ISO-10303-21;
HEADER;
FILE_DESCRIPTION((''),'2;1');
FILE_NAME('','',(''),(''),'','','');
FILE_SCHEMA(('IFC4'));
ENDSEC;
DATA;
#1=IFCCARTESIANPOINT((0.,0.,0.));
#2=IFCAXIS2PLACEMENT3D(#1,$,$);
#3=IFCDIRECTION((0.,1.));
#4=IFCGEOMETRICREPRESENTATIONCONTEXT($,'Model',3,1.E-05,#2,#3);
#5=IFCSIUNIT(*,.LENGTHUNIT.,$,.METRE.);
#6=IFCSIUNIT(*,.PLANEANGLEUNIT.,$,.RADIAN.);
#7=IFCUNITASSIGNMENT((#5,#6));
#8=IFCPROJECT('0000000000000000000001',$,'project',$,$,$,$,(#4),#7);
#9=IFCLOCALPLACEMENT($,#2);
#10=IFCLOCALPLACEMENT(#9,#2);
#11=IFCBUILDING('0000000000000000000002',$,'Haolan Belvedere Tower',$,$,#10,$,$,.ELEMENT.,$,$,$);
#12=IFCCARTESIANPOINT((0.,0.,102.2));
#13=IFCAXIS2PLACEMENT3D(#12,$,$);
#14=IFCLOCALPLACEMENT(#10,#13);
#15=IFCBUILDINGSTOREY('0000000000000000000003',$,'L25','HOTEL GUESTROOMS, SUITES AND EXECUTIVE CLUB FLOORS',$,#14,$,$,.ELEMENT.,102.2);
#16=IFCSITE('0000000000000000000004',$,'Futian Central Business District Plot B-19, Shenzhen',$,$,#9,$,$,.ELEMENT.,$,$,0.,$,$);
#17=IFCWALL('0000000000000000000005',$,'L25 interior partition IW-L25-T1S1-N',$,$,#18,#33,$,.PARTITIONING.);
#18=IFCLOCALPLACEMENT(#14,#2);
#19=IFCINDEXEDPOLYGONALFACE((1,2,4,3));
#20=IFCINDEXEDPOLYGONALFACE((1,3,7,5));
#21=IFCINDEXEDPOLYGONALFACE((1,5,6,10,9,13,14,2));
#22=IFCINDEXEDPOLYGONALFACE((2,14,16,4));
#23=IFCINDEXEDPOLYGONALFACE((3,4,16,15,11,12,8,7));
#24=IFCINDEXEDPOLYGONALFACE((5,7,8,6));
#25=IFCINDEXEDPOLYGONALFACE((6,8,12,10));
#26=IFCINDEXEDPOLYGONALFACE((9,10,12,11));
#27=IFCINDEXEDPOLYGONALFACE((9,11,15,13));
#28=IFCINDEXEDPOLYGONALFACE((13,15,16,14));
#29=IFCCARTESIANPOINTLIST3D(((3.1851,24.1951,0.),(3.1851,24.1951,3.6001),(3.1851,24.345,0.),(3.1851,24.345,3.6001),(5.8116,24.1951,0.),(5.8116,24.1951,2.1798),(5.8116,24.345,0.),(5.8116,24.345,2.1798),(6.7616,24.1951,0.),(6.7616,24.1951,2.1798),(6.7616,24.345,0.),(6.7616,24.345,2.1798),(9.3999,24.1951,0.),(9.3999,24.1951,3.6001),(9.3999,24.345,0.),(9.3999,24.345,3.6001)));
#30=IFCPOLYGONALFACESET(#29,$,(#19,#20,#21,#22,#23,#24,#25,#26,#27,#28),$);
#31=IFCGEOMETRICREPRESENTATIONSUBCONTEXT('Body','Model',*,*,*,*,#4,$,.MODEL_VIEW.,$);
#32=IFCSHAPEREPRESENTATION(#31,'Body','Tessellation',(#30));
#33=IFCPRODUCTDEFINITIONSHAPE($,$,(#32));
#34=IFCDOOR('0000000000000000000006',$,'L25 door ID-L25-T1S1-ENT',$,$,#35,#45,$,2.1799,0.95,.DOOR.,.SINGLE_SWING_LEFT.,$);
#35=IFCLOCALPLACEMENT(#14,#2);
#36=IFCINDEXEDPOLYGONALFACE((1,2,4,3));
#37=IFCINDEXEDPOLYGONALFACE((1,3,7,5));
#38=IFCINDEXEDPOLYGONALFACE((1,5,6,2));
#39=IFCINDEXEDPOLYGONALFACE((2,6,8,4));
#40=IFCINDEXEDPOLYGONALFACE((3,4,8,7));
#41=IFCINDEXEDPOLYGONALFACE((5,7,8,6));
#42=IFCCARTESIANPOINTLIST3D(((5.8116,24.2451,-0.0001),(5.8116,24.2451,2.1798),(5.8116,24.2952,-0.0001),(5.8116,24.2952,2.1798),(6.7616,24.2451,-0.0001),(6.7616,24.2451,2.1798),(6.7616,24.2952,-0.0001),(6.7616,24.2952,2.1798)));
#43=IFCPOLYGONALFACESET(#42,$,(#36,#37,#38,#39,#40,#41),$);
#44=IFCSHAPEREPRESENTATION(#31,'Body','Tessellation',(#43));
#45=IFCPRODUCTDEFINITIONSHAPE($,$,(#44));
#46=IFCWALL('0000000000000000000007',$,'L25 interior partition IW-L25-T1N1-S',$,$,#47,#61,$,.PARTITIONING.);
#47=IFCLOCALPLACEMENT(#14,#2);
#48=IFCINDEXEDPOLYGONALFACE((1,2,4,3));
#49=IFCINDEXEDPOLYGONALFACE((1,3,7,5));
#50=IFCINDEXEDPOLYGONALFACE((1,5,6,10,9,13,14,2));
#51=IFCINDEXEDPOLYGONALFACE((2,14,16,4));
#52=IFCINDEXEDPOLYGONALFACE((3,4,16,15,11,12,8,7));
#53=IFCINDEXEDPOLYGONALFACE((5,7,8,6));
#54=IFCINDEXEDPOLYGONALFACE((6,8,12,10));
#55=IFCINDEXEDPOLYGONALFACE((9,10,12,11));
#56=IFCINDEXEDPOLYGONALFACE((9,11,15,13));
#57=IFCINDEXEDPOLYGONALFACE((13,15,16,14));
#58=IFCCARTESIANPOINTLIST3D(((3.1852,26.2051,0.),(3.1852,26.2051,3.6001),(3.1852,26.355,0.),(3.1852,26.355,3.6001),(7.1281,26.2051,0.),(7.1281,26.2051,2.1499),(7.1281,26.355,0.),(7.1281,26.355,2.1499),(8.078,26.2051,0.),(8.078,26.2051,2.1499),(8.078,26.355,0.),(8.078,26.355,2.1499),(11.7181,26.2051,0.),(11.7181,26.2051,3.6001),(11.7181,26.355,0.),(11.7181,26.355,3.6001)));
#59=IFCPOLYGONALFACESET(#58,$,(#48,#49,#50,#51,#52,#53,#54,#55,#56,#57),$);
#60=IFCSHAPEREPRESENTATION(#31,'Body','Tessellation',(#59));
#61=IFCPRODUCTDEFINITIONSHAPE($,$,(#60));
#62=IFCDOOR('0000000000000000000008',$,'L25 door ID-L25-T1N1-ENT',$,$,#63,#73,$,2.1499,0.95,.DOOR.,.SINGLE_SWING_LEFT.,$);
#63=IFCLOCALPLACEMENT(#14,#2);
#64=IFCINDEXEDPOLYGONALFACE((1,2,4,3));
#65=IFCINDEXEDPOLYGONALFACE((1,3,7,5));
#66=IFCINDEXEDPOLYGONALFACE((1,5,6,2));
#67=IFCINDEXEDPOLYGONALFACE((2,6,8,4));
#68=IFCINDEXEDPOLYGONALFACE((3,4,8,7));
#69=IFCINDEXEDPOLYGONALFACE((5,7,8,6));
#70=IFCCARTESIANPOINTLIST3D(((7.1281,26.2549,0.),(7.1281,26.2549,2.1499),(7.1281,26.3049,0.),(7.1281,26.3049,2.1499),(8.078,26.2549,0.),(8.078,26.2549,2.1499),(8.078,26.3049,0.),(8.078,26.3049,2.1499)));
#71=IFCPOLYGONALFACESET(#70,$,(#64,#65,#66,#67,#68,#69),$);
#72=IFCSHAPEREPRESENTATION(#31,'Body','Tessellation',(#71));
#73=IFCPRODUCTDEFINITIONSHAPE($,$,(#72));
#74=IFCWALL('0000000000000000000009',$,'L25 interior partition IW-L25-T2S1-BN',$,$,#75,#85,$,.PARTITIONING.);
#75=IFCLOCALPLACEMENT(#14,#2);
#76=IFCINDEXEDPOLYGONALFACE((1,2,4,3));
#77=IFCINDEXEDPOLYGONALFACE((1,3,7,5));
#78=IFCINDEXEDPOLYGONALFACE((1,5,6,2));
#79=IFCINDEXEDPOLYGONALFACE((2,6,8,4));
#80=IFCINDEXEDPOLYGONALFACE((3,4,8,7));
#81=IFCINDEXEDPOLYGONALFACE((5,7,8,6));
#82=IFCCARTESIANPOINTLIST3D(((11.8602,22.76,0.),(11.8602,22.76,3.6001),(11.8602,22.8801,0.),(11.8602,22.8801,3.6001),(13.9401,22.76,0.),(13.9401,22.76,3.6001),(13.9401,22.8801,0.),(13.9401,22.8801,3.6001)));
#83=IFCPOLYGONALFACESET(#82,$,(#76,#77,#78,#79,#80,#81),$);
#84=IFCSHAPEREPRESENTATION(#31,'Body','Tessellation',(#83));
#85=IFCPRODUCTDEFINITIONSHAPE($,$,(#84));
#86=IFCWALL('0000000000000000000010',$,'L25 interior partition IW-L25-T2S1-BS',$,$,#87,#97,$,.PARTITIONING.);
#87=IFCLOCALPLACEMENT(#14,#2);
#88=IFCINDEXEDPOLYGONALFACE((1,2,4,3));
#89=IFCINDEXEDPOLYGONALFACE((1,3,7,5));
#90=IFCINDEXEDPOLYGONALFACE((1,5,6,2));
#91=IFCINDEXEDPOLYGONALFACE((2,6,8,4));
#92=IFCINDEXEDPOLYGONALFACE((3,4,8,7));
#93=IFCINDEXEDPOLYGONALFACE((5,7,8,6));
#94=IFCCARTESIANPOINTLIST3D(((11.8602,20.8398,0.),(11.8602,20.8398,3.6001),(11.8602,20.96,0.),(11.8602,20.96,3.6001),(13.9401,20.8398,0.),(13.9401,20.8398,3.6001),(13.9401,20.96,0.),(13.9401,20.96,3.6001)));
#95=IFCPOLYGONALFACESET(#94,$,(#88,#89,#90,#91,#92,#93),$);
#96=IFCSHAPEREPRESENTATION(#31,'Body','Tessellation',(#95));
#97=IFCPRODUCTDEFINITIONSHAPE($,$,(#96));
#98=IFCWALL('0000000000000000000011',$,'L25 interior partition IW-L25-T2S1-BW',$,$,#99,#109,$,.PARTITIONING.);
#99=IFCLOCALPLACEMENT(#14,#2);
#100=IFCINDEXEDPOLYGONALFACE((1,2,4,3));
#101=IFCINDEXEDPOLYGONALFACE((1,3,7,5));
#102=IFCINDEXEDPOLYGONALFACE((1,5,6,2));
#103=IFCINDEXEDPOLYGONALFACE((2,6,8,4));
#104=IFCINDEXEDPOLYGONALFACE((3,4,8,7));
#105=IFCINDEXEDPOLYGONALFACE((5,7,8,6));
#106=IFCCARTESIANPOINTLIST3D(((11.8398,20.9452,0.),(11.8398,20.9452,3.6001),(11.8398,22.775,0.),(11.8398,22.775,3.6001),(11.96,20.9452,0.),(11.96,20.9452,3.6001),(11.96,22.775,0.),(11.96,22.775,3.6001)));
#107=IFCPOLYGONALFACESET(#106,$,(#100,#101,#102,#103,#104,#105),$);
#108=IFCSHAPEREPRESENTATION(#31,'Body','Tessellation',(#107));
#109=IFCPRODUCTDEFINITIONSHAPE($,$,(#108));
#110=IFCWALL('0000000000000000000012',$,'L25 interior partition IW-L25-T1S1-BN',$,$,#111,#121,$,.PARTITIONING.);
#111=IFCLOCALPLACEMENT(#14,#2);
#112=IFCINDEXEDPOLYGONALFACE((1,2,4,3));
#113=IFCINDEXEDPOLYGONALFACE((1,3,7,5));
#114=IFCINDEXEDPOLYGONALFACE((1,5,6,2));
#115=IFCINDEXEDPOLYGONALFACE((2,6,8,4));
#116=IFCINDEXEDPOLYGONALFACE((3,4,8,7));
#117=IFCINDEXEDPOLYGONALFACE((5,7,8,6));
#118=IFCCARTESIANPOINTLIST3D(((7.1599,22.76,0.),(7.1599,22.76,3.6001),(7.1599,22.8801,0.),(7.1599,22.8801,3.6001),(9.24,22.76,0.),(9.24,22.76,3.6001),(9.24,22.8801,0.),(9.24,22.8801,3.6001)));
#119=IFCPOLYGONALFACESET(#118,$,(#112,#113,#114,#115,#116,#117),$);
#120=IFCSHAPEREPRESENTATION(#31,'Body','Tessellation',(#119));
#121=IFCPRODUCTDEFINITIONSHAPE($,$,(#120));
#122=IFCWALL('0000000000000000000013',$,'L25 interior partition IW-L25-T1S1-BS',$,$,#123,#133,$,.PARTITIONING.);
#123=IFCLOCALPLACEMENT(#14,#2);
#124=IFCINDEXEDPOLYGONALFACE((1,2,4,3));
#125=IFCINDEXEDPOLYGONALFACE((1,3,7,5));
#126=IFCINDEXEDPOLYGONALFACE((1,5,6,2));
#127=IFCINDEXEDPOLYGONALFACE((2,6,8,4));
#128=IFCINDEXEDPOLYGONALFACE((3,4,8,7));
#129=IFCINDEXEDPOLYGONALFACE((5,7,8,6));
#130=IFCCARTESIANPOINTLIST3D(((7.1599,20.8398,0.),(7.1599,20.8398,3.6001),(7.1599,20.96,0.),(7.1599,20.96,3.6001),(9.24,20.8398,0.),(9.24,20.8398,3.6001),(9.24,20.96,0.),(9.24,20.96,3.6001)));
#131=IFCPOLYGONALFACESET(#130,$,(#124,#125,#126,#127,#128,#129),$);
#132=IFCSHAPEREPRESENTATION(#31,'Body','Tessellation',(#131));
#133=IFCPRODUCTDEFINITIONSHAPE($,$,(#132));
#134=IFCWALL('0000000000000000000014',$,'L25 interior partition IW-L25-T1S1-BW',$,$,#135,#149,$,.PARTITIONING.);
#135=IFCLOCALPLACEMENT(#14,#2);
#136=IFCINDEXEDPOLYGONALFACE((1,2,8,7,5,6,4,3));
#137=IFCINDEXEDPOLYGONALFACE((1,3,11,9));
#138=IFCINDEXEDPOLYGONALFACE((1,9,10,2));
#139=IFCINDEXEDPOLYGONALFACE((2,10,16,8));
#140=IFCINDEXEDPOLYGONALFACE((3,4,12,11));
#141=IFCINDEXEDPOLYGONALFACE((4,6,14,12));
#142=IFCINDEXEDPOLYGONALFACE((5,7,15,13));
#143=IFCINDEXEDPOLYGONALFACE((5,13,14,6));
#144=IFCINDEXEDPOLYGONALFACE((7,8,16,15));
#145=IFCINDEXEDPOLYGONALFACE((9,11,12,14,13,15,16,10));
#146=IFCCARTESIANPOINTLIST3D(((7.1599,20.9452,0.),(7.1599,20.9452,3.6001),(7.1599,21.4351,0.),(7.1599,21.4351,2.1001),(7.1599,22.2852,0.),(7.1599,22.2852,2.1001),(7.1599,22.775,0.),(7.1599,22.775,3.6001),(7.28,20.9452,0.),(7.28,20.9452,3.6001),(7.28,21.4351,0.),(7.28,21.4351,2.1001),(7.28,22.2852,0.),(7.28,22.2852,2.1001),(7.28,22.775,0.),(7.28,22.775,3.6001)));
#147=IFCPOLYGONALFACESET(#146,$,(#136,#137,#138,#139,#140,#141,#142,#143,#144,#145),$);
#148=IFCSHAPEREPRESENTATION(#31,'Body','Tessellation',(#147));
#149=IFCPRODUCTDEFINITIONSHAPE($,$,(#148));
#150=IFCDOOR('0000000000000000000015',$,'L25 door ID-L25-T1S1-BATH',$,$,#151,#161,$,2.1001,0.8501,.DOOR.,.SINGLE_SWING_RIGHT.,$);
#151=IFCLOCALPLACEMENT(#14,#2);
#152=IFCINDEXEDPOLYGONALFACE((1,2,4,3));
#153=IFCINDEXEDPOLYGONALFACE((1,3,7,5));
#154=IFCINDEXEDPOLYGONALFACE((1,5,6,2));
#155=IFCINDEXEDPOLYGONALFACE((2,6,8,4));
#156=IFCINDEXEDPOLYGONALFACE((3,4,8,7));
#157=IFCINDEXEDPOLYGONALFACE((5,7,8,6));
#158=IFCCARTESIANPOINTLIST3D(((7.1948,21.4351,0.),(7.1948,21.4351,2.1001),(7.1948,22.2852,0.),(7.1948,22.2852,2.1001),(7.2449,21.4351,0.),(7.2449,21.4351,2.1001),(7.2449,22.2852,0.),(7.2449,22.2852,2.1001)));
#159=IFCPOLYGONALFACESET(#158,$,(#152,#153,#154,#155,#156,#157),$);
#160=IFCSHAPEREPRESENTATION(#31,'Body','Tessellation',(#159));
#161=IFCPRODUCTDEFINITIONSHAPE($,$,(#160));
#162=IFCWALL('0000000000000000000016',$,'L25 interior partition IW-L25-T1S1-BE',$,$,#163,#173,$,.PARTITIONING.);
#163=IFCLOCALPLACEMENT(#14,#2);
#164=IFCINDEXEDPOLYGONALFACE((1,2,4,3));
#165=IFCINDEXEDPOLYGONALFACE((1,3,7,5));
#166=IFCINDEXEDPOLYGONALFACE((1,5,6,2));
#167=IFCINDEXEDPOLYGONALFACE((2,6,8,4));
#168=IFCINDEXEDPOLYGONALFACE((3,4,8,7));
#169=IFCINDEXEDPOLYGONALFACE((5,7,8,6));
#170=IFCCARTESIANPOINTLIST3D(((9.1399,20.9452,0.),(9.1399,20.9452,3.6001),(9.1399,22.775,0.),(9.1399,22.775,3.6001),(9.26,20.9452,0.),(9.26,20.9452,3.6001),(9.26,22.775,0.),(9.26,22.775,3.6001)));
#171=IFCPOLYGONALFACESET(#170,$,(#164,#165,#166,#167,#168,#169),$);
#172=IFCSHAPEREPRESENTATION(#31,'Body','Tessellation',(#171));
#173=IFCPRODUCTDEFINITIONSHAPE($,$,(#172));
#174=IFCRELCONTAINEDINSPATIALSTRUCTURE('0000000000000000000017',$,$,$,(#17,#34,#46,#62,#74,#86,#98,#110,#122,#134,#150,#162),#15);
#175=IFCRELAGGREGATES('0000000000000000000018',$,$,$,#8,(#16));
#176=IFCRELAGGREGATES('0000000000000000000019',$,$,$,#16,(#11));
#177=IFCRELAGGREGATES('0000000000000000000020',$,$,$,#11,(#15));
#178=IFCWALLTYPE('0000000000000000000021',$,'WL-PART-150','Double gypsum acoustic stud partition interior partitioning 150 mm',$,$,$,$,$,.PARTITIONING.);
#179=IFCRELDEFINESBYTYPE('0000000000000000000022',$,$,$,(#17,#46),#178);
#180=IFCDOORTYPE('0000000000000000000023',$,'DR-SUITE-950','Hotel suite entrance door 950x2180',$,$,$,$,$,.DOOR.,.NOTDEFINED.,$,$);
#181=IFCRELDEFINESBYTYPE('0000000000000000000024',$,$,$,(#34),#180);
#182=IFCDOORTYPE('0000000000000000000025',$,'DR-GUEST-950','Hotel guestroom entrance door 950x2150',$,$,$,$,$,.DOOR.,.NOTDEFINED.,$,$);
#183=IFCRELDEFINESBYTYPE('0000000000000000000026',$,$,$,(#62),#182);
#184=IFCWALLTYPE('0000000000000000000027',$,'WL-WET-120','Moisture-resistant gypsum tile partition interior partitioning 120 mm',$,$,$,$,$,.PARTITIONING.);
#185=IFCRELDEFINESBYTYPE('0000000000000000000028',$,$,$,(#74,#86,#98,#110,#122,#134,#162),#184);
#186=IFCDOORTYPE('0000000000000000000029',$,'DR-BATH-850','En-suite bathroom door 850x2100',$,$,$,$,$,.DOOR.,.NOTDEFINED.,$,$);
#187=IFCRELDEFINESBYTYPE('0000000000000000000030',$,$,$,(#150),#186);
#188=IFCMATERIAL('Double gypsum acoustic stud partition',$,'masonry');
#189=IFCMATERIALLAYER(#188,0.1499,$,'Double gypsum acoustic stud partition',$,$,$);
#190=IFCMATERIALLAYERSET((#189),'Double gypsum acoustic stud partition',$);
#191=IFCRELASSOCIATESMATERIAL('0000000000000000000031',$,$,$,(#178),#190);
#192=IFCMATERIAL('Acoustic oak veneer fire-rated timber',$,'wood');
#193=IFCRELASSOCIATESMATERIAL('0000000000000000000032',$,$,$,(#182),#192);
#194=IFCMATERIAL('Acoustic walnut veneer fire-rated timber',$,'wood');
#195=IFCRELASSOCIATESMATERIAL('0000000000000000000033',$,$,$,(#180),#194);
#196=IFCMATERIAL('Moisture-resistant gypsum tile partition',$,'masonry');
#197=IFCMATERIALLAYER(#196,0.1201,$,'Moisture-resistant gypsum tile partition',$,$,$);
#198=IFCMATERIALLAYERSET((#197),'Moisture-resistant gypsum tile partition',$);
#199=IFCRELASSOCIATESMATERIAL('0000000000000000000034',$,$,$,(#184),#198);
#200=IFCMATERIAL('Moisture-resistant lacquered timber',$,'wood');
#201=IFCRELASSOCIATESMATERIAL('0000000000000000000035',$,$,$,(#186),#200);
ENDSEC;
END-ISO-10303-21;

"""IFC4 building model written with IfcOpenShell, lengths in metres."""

from ifc_helpers import new_model, si_unit, direction, frame, frame_2d, origin, place, context, subcontext, project, spatial, rectangle, extrude, material, layer, layer_set, type_object, element, fill, save


model = new_model("IFC4")

# Units and contexts
model_context = context("Model", 3, precision=1e-05, world=origin(), true_north=direction((0.0, 1.0)))
body_context = subcontext(model_context, "Body", "Model", "MODEL_VIEW")
ifc_project = project(units=[si_unit("LENGTHUNIT", "METRE"), si_unit("PLANEANGLEUNIT", "RADIAN")], contexts=[model_context])

# Site, building, storey
site_placement = place(None, origin())
site = spatial("IfcSite", under=ifc_project, at=site_placement, Name="Futian Central Business District Plot B-19, Shenzhen", CompositionType="ELEMENT", RefElevation=0.0)
building_placement = place(site_placement, origin())
building = spatial("IfcBuilding", under=site, at=building_placement, Name="Haolan Belvedere Tower", CompositionType="ELEMENT")
storey_placement = place(building_placement, frame((0.0, 0.0, 102.2)))
storey = spatial("IfcBuildingStorey", under=building, at=storey_placement, Name="L25", Description="HOTEL GUESTROOMS, SUITES AND EXECUTIVE CLUB FLOORS", CompositionType="ELEMENT", Elevation=102.2)

# Shared definitions
ifc_material_1 = material(Name="Double gypsum acoustic stud partition", Category="masonry")
ifc_layer_1 = layer(ifc_material_1, 0.1499, Name="Double gypsum acoustic stud partition")
ifc_layer_set_1 = layer_set([ifc_layer_1], Name="Double gypsum acoustic stud partition")
wall_type_1 = type_object("IfcWallType", Name="WL-PART-150", Description="Double gypsum acoustic stud partition interior partitioning 150 mm", PredefinedType="PARTITIONING", material=ifc_layer_set_1)

# Walls, openings, doors
ifc_material_2 = material(Name="Acoustic oak veneer fire-rated timber", Category="wood")
door_type_1 = type_object("IfcDoorType", Name="DR-GUEST-950", Description="Hotel guestroom entrance door 950x2150", OperationType="NOTDEFINED", PredefinedType="DOOR", material=ifc_material_2)
wall_1_placement = place(storey_placement, frame((3.1851, 24.27, 0.0), z_axis=(0.0, 0.0, 1.0), x_axis=(1.0, 0.0, 0.0)))
wall_1 = element("IfcWall", 1, at=wall_1_placement, inside=storey, type_object=wall_type_1, Name="L25 interior partition IW-L25-T1S1-N", PredefinedType="PARTITIONING", context=body_context, shape_type="SweptSolid", body=[
    extrude(rectangle(XDim=6.2148, YDim=0.1499, at=frame_2d((3.1074, 0.0))), origin(), (0.0, 0.0, 1.0), 3.6001),
])
opening_1_placement = place(wall_1_placement, frame((3.5767, 0.0, 0.0), z_axis=(0.0, 0.0, 1.0), x_axis=(-1.0, 0.0, 0.0)))
opening_1 = element("IfcOpeningElement", 2, at=opening_1_placement, cuts=wall_1, PredefinedType="OPENING", context=body_context, shape_type="SweptSolid", body=[
    extrude(rectangle(XDim=0.95, YDim=2.1799, at=frame_2d((0.4751, 1.0898))), frame((0.0, 0.085, 0.0), z_axis=(0.0, -1.0, 0.0), x_axis=(1.0, 0.0, 0.0)), (0.0, 0.0, 1.0), 0.1699),
])
ifc_material_3 = material(Name="Acoustic walnut veneer fire-rated timber", Category="wood")
door_type_2 = type_object("IfcDoorType", Name="DR-SUITE-950", Description="Hotel suite entrance door 950x2180", OperationType="NOTDEFINED", PredefinedType="DOOR", material=ifc_material_3)
door_1_placement = place(opening_1_placement, origin())
door_1 = element("IfcDoor", 3, at=door_1_placement, inside=storey, type_object=door_type_2, Name="L25 door ID-L25-T1S1-ENT", OperationType="SINGLE_SWING_LEFT", OverallHeight=2.1799, OverallWidth=0.95, PredefinedType="DOOR", context=body_context, shape_type="SweptSolid", body=[
    extrude(rectangle(XDim=0.95, YDim=2.1799, at=frame_2d((0.4751, 1.0898))), frame((0.0, 0.0249, 0.0), z_axis=(0.0, -1.0, 0.0), x_axis=(1.0, 0.0, 0.0)), (0.0, 0.0, 1.0), 0.05),
])
fill(opening_1, door_1)
wall_2_placement = place(storey_placement, frame((3.1851, 26.28, 0.0), z_axis=(0.0, 0.0, 1.0), x_axis=(1.0, 0.0, 0.0)))
wall_2 = element("IfcWall", 4, at=wall_2_placement, inside=storey, type_object=wall_type_1, Name="L25 interior partition IW-L25-T1N1-S", PredefinedType="PARTITIONING", context=body_context, shape_type="SweptSolid", body=[
    extrude(rectangle(XDim=8.533, YDim=0.1499, at=frame_2d((4.2666, 0.0))), origin(), (0.0, 0.0, 1.0), 3.6001),
])
opening_2_placement = place(wall_2_placement, frame((3.9429, 0.0, 0.0)))
opening_2 = element("IfcOpeningElement", 5, at=opening_2_placement, cuts=wall_2, PredefinedType="OPENING", context=body_context, shape_type="SweptSolid", body=[
    extrude(rectangle(XDim=0.95, YDim=2.1499, at=frame_2d((0.4751, 1.075))), frame((0.0, 0.085, 0.0), z_axis=(0.0, -1.0, 0.0), x_axis=(1.0, 0.0, 0.0)), (0.0, 0.0, 1.0), 0.1699),
])
door_2_placement = place(opening_2_placement, origin())
door_2 = element("IfcDoor", 6, at=door_2_placement, inside=storey, type_object=door_type_1, Name="L25 door ID-L25-T1N1-ENT", OperationType="SINGLE_SWING_LEFT", OverallHeight=2.1499, OverallWidth=0.95, PredefinedType="DOOR", context=body_context, shape_type="SweptSolid", body=[
    extrude(rectangle(XDim=0.95, YDim=2.1499, at=frame_2d((0.4751, 1.075))), frame((0.0, 0.0249, 0.0), z_axis=(0.0, -1.0, 0.0), x_axis=(1.0, 0.0, 0.0)), (0.0, 0.0, 1.0), 0.05),
])
fill(opening_2, door_2)

# Walls
ifc_material_4 = material(Name="Moisture-resistant gypsum tile partition", Category="masonry")
ifc_layer_2 = layer(ifc_material_4, 0.1201, Name="Moisture-resistant gypsum tile partition")
ifc_layer_set_2 = layer_set([ifc_layer_2], Name="Moisture-resistant gypsum tile partition")
wall_type_2 = type_object("IfcWallType", Name="WL-WET-120", Description="Moisture-resistant gypsum tile partition interior partitioning 120 mm", PredefinedType="PARTITIONING", material=ifc_layer_set_2)
for number, where, z_axis, x_axis, name in (
    (7, (11.8601, 22.8201, 0.0), (0.0, 0.0, 1.0), (1.0, 0.0, 0.0), "L25 interior partition IW-L25-T2S1-BN"),
    (8, (11.8601, 20.8999, 0.0), (0.0, 0.0, 1.0), (1.0, 0.0, 0.0), "L25 interior partition IW-L25-T2S1-BS"),
):
    element("IfcWall", number, at=place(storey_placement, frame(where, z_axis=z_axis, x_axis=x_axis)), inside=storey, type_object=wall_type_2, Name=name, PredefinedType="PARTITIONING", context=body_context, shape_type="SweptSolid", body=[
        extrude(rectangle(XDim=2.0798, YDim=0.1201, at=frame_2d((1.04, 0.0))), origin(), (0.0, 0.0, 1.0), 3.6001),
    ])
wall_3_placement = place(storey_placement, frame((11.8999, 20.9451, 0.0), z_axis=(0.0, 0.0, 1.0), x_axis=(0.0, 1.0, 0.0)))
element("IfcWall", 9, at=wall_3_placement, inside=storey, type_object=wall_type_2, Name="L25 interior partition IW-L25-T2S1-BW", PredefinedType="PARTITIONING", context=body_context, shape_type="SweptSolid", body=[
    extrude(rectangle(XDim=1.8298, YDim=0.1201, at=frame_2d((0.915, 0.0))), origin(), (0.0, 0.0, 1.0), 3.6001),
])
for number, where, z_axis, x_axis, name in (
    (10, (7.1599, 22.8201, 0.0), (0.0, 0.0, 1.0), (1.0, 0.0, 0.0), "L25 interior partition IW-L25-T1S1-BN"),
    (11, (7.1599, 20.8999, 0.0), (0.0, 0.0, 1.0), (1.0, 0.0, 0.0), "L25 interior partition IW-L25-T1S1-BS"),
):
    element("IfcWall", number, at=place(storey_placement, frame(where, z_axis=z_axis, x_axis=x_axis)), inside=storey, type_object=wall_type_2, Name=name, PredefinedType="PARTITIONING", context=body_context, shape_type="SweptSolid", body=[
        extrude(rectangle(XDim=2.0801, YDim=0.1201, at=frame_2d((1.04, 0.0))), origin(), (0.0, 0.0, 1.0), 3.6001),
    ])

# Wall, opening, door
wall_4_placement = place(storey_placement, frame((7.22, 20.9451, 0.0), z_axis=(0.0, 0.0, 1.0), x_axis=(0.0, 1.0, 0.0)))
wall_4 = element("IfcWall", 12, at=wall_4_placement, inside=storey, type_object=wall_type_2, Name="L25 interior partition IW-L25-T1S1-BW", PredefinedType="PARTITIONING", context=body_context, shape_type="SweptSolid", body=[
    extrude(rectangle(XDim=1.8298, YDim=0.1201, at=frame_2d((0.915, 0.0))), origin(), (0.0, 0.0, 1.0), 3.6001),
])
opening_3_placement = place(wall_4_placement, frame((1.3401, 0.0, 0.0), z_axis=(0.0, 0.0, 1.0), x_axis=(-1.0, 0.0, 0.0)))
opening_3 = element("IfcOpeningElement", 13, at=opening_3_placement, cuts=wall_4, PredefinedType="OPENING", context=body_context, shape_type="SweptSolid", body=[
    extrude(rectangle(XDim=0.8501, YDim=2.1001, at=frame_2d((0.425, 1.05))), frame((0.0, 0.0701, 0.0), z_axis=(0.0, -1.0, 0.0), x_axis=(1.0, 0.0, 0.0)), (0.0, 0.0, 1.0), 0.1401),
])
ifc_material_5 = material(Name="Moisture-resistant lacquered timber", Category="wood")
door_type_3 = type_object("IfcDoorType", Name="DR-BATH-850", Description="En-suite bathroom door 850x2100", OperationType="NOTDEFINED", PredefinedType="DOOR", material=ifc_material_5)
door_3_placement = place(opening_3_placement, origin())
door_3 = element("IfcDoor", 14, at=door_3_placement, inside=storey, type_object=door_type_3, Name="L25 door ID-L25-T1S1-BATH", OperationType="SINGLE_SWING_RIGHT", OverallHeight=2.1001, OverallWidth=0.8501, PredefinedType="DOOR", context=body_context, shape_type="SweptSolid", body=[
    extrude(rectangle(XDim=0.8501, YDim=2.1001, at=frame_2d((0.425, 1.05))), frame((0.0, 0.0249, 0.0), z_axis=(0.0, -1.0, 0.0), x_axis=(1.0, 0.0, 0.0)), (0.0, 0.0, 1.0), 0.05),
])
fill(opening_3, door_3)

# Wall
wall_5_placement = place(storey_placement, frame((9.2, 20.9451, 0.0), z_axis=(0.0, 0.0, 1.0), x_axis=(0.0, 1.0, 0.0)))
element("IfcWall", 15, at=wall_5_placement, inside=storey, type_object=wall_type_2, Name="L25 interior partition IW-L25-T1S1-BE", PredefinedType="PARTITIONING", context=body_context, shape_type="SweptSolid", body=[
    extrude(rectangle(XDim=1.8298, YDim=0.1201, at=frame_2d((0.915, 0.0))), origin(), (0.0, 0.0, 1.0), 3.6001),
])

save(model, "model.ifc")
